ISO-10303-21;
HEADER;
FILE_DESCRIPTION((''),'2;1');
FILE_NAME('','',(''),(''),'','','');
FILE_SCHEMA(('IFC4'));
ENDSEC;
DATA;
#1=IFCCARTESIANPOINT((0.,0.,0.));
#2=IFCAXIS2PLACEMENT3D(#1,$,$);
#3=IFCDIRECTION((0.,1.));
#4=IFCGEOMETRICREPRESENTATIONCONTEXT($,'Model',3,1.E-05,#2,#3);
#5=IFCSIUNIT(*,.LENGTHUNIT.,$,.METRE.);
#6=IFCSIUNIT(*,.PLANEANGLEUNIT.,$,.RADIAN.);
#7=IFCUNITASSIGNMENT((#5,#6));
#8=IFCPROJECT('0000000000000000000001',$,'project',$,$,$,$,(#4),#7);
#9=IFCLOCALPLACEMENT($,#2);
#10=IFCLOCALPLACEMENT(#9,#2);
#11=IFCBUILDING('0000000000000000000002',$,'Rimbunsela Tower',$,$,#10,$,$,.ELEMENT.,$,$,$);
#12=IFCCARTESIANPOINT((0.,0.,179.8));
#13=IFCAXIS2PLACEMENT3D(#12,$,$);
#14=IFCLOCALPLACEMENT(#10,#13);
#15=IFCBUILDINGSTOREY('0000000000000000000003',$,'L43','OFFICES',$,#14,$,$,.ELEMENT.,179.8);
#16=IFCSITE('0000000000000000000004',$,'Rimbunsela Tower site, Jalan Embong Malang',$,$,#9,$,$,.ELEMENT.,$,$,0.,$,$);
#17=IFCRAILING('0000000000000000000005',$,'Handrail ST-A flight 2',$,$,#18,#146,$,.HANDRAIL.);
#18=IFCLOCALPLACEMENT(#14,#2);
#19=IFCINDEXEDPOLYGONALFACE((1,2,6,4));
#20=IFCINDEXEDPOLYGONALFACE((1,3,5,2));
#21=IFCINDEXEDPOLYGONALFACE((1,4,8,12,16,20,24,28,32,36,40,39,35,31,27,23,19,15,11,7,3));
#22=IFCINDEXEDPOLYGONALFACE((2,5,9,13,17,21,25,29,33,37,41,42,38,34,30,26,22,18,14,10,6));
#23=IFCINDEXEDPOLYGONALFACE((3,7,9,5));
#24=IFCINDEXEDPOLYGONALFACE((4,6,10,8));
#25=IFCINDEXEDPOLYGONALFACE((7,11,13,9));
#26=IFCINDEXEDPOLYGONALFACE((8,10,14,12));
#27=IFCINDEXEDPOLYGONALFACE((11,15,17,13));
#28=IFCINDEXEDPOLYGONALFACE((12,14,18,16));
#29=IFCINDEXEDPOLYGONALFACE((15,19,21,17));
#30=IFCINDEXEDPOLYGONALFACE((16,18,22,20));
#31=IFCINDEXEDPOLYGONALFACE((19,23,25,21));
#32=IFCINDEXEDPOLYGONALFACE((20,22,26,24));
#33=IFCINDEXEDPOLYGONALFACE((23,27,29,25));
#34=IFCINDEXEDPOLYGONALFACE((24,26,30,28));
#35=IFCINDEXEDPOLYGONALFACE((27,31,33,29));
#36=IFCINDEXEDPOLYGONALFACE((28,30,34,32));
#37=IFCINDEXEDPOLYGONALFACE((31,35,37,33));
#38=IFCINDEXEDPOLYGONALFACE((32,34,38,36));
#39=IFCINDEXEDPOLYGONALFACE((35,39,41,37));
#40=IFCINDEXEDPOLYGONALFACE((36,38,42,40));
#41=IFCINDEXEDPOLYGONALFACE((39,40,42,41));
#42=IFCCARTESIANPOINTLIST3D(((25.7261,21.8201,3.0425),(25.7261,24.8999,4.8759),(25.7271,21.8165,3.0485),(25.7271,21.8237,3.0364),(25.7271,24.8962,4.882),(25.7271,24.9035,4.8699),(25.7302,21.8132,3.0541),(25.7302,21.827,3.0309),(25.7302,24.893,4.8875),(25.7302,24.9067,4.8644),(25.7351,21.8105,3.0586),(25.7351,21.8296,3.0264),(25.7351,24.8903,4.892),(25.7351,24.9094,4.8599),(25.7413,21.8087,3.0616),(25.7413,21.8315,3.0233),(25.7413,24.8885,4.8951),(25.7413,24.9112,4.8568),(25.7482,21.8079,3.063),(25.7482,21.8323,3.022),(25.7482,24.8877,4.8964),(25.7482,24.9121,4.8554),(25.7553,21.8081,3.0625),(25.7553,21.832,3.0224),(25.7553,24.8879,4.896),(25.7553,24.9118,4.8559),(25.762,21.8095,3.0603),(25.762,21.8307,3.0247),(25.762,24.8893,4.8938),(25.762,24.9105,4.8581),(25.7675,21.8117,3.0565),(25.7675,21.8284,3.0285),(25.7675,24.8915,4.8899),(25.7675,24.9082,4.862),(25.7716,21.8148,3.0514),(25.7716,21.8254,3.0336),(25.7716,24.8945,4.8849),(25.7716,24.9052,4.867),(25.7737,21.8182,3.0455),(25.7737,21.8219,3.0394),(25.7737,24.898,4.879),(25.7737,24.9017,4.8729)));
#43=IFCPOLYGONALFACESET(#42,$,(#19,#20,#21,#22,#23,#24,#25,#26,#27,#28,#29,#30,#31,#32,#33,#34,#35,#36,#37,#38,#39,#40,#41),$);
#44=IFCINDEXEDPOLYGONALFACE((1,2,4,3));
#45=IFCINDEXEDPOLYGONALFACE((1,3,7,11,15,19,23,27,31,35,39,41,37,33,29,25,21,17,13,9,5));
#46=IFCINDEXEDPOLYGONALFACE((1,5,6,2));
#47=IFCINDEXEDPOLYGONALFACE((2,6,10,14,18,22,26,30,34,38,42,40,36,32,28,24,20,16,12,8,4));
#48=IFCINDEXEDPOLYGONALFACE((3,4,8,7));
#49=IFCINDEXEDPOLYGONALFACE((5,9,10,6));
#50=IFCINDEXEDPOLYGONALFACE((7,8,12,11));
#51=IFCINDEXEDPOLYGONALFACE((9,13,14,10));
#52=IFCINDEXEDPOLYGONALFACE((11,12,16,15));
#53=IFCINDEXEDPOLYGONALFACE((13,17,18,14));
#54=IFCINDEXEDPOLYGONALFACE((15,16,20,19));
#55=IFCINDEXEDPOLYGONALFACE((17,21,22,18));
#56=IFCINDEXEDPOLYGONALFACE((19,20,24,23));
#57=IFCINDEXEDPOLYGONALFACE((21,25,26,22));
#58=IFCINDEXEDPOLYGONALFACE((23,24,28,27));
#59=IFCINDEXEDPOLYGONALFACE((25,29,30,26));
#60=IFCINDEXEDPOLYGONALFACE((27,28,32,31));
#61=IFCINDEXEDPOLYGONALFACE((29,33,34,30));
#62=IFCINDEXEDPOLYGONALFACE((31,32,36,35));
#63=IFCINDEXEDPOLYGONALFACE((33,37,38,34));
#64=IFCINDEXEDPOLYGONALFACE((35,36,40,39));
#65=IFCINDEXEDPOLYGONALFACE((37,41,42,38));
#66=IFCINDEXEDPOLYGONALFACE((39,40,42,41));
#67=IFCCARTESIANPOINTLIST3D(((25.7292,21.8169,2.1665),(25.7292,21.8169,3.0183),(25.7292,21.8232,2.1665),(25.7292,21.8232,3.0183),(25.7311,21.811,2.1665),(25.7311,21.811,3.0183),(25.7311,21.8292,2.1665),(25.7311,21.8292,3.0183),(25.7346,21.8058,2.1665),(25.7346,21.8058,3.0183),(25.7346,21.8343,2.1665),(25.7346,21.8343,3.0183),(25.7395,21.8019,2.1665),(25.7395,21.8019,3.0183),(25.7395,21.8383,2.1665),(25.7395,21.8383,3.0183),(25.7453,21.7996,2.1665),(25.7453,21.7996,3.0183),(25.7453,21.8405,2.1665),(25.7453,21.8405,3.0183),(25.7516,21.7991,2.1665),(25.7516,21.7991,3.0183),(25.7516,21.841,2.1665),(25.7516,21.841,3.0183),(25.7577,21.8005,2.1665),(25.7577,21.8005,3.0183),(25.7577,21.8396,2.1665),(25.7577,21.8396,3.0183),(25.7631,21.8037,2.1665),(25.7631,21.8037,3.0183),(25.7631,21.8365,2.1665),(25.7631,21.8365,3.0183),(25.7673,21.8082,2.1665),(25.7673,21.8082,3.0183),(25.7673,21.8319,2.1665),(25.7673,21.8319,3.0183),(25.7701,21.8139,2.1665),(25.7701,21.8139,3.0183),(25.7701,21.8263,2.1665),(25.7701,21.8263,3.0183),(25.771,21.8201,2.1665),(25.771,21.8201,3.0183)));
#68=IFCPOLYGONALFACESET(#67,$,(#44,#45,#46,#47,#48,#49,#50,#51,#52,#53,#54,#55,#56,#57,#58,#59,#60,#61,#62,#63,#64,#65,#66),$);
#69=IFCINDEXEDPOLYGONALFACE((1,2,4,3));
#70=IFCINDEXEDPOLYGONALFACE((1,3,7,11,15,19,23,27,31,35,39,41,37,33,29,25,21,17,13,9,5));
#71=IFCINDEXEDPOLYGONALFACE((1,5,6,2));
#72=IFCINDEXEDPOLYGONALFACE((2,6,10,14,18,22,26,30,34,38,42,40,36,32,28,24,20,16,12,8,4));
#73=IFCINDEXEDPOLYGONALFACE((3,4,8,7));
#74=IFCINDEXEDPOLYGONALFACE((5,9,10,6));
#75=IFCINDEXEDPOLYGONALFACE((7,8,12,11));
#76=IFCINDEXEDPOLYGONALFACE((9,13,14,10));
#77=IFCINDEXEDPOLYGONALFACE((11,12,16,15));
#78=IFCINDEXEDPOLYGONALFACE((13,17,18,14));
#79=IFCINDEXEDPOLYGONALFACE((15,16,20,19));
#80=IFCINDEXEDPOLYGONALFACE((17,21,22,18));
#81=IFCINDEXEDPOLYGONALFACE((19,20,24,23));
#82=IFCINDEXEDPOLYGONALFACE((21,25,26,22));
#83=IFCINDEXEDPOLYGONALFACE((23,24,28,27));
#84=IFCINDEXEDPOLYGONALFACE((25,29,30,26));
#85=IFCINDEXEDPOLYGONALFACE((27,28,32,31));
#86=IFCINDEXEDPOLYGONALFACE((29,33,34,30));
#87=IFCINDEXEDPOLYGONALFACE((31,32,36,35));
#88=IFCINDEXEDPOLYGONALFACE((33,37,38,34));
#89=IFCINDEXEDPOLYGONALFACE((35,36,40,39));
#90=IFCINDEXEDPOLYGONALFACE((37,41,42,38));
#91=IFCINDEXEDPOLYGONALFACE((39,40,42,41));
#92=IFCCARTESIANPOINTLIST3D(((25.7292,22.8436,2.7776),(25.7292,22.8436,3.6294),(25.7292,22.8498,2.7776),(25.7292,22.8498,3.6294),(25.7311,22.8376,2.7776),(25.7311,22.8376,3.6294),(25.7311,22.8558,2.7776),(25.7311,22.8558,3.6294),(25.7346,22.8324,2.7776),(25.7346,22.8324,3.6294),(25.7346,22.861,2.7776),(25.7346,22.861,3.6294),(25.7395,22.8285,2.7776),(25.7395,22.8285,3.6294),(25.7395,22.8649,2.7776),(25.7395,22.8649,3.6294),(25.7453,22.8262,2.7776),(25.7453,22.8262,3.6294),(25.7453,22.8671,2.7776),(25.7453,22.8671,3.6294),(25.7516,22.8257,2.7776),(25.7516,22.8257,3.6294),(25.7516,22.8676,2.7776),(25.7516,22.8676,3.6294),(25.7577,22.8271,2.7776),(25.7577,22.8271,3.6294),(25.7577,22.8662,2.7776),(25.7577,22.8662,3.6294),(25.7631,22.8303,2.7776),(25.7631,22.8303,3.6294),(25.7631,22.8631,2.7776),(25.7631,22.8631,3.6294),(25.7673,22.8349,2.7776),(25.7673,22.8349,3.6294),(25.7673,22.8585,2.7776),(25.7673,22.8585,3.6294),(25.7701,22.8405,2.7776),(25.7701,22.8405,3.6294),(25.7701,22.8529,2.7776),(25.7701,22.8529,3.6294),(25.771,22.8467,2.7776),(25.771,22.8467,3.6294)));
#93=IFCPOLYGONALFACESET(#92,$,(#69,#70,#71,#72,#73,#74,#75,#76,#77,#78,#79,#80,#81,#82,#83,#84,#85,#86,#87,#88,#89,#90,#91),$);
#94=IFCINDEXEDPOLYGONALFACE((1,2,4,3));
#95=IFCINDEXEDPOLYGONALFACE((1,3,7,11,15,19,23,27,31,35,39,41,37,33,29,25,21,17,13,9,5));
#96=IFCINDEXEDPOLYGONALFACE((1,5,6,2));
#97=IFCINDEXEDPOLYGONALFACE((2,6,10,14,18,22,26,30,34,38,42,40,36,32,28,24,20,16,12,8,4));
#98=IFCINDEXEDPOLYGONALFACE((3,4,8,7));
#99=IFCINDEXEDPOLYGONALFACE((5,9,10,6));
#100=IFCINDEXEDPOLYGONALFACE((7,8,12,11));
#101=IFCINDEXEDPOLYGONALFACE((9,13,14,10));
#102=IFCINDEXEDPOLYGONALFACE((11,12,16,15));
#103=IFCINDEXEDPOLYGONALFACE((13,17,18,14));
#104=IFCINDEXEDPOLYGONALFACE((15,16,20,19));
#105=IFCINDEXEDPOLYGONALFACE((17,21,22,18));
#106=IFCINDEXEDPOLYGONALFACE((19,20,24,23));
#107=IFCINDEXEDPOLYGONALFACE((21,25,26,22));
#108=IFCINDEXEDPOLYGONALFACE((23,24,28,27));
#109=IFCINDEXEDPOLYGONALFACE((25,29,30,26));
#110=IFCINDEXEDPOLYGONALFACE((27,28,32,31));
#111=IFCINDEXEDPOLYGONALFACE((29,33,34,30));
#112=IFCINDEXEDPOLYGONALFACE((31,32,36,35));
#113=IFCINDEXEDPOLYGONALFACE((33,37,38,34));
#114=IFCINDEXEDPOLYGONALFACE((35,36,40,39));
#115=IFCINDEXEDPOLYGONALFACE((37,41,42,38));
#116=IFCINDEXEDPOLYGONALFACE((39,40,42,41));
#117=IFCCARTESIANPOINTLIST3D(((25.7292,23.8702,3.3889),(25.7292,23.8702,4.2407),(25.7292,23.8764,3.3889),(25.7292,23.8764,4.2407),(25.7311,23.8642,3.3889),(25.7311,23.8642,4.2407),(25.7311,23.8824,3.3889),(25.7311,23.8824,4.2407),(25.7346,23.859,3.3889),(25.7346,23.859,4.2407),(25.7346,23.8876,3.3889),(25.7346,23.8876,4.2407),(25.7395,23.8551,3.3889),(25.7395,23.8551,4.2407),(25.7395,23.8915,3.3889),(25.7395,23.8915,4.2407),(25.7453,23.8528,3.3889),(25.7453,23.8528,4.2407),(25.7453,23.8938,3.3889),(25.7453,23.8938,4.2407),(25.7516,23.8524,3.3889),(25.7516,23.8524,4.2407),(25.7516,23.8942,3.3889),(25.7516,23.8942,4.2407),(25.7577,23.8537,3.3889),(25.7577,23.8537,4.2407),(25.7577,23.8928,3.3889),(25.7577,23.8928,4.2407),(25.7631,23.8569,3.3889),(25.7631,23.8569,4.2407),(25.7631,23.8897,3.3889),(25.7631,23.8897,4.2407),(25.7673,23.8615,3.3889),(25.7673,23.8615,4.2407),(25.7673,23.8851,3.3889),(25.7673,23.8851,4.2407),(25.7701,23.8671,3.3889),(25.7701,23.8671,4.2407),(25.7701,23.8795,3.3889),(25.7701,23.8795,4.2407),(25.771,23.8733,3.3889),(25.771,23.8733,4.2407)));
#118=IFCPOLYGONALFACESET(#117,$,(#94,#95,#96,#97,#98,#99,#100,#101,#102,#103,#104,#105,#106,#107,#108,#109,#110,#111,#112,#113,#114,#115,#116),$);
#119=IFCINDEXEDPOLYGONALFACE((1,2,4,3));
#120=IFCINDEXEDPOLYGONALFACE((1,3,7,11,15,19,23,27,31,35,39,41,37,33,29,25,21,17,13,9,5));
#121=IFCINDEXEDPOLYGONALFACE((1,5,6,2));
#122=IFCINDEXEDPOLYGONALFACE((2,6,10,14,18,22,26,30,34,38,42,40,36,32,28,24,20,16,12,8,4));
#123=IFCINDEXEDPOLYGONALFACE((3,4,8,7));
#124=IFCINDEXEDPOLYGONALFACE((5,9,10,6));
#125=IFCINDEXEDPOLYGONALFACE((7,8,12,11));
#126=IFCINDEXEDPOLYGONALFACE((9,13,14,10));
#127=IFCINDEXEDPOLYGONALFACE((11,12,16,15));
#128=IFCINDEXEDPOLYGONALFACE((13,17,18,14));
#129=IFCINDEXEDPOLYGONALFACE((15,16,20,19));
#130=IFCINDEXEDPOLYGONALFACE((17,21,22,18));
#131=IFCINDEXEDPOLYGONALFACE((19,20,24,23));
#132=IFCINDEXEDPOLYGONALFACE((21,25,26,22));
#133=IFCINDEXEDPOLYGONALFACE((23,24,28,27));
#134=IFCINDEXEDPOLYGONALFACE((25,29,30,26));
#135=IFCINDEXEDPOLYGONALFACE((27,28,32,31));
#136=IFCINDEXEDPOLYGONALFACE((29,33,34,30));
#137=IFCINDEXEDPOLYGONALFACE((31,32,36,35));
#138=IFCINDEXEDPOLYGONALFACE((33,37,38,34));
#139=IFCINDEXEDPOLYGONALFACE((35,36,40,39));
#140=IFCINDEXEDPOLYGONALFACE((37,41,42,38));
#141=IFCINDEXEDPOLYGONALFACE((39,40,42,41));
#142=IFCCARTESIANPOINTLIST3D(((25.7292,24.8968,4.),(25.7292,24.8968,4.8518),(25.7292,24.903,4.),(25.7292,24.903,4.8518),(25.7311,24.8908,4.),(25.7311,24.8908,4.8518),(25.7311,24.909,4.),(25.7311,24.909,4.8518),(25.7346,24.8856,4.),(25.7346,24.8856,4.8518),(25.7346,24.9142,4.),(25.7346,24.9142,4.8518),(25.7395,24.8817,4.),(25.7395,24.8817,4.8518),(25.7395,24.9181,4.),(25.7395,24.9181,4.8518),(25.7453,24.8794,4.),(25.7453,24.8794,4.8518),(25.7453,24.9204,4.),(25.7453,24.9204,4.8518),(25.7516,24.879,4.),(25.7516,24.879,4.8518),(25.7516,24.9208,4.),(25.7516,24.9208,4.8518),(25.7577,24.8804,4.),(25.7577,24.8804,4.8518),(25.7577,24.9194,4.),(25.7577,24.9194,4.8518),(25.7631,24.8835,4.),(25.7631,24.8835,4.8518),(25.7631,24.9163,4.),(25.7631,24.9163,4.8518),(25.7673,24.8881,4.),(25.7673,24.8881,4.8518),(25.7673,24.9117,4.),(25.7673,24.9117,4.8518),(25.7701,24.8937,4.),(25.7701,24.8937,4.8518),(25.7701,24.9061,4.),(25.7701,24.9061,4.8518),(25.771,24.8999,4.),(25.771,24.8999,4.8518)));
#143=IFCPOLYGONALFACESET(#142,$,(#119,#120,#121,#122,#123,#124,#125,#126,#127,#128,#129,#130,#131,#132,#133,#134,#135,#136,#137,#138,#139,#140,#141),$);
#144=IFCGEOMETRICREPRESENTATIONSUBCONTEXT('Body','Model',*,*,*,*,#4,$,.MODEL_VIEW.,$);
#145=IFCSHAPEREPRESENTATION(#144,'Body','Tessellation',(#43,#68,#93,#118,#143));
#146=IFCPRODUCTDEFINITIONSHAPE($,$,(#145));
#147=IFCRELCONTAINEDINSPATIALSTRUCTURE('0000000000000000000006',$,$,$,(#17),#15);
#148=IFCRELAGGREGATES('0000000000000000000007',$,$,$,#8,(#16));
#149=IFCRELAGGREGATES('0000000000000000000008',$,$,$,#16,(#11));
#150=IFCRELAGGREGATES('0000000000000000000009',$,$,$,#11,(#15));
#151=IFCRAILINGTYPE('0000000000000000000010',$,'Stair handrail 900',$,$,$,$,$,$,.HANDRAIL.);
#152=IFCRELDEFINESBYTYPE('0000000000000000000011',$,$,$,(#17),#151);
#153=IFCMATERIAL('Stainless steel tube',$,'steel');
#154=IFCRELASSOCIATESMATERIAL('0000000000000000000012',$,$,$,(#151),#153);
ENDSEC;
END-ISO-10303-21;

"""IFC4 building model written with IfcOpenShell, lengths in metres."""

from ifc_helpers import new_model, si_unit, direction, frame, origin, origin_2d, place, context, subcontext, project, spatial, circle, extrude, material, type_object, element, save


model = new_model("IFC4")

# Units and contexts
model_context = context("Model", 3, precision=1e-05, world=origin(), true_north=direction((0.0, 1.0)))
body_context = subcontext(model_context, "Body", "Model", "MODEL_VIEW")
ifc_project = project(units=[si_unit("LENGTHUNIT", "METRE"), si_unit("PLANEANGLEUNIT", "RADIAN")], contexts=[model_context])

# Site, building, storey
site_placement = place(None, origin())
site = spatial("IfcSite", under=ifc_project, at=site_placement, Name="Rimbunsela Tower site, Jalan Embong Malang", CompositionType="ELEMENT", RefElevation=0.0)
building_placement = place(site_placement, origin())
building = spatial("IfcBuilding", under=site, at=building_placement, Name="Rimbunsela Tower", CompositionType="ELEMENT")
storey_placement = place(building_placement, frame((0.0, 0.0, 179.8)))
storey = spatial("IfcBuildingStorey", under=building, at=storey_placement, Name="L43", Description="OFFICES", CompositionType="ELEMENT", Elevation=179.8)

# Railing
ifc_material_1 = material(Name="Stainless steel tube", Category="steel")
railing_type = type_object("IfcRailingType", Name="Stair handrail 900", PredefinedType="HANDRAIL", material=ifc_material_1)
railing_placement = place(storey_placement, frame((25.75, 21.8201, 2.1665)))
element("IfcRailing", 1, at=railing_placement, inside=storey, type_object=railing_type, Name="Handrail ST-A flight 2", PredefinedType="HANDRAIL", context=body_context, shape_type="SweptSolid", body=[
    extrude(circle(Radius=0.0239, at=origin_2d()), frame((0.0, 0.0, 0.876), z_axis=(0.0, 0.859261, 0.511538), x_axis=(-1.0, 0.0, 0.0)), (0.0, 0.0, 1.0), 3.5842),
    extrude(circle(Radius=0.021, at=origin_2d()), origin(), (0.0, 0.0, 1.0), 0.8518),
    extrude(circle(Radius=0.021, at=origin_2d()), frame((0.0, 1.0266, 0.6111)), (0.0, 0.0, 1.0), 0.8518),
    extrude(circle(Radius=0.021, at=origin_2d()), frame((0.0, 2.0532, 1.2224)), (0.0, 0.0, 1.0), 0.8518),
    extrude(circle(Radius=0.021, at=origin_2d()), frame((0.0, 3.0798, 1.8335)), (0.0, 0.0, 1.0), 0.8518),
])

save(model, "model.ifc")
